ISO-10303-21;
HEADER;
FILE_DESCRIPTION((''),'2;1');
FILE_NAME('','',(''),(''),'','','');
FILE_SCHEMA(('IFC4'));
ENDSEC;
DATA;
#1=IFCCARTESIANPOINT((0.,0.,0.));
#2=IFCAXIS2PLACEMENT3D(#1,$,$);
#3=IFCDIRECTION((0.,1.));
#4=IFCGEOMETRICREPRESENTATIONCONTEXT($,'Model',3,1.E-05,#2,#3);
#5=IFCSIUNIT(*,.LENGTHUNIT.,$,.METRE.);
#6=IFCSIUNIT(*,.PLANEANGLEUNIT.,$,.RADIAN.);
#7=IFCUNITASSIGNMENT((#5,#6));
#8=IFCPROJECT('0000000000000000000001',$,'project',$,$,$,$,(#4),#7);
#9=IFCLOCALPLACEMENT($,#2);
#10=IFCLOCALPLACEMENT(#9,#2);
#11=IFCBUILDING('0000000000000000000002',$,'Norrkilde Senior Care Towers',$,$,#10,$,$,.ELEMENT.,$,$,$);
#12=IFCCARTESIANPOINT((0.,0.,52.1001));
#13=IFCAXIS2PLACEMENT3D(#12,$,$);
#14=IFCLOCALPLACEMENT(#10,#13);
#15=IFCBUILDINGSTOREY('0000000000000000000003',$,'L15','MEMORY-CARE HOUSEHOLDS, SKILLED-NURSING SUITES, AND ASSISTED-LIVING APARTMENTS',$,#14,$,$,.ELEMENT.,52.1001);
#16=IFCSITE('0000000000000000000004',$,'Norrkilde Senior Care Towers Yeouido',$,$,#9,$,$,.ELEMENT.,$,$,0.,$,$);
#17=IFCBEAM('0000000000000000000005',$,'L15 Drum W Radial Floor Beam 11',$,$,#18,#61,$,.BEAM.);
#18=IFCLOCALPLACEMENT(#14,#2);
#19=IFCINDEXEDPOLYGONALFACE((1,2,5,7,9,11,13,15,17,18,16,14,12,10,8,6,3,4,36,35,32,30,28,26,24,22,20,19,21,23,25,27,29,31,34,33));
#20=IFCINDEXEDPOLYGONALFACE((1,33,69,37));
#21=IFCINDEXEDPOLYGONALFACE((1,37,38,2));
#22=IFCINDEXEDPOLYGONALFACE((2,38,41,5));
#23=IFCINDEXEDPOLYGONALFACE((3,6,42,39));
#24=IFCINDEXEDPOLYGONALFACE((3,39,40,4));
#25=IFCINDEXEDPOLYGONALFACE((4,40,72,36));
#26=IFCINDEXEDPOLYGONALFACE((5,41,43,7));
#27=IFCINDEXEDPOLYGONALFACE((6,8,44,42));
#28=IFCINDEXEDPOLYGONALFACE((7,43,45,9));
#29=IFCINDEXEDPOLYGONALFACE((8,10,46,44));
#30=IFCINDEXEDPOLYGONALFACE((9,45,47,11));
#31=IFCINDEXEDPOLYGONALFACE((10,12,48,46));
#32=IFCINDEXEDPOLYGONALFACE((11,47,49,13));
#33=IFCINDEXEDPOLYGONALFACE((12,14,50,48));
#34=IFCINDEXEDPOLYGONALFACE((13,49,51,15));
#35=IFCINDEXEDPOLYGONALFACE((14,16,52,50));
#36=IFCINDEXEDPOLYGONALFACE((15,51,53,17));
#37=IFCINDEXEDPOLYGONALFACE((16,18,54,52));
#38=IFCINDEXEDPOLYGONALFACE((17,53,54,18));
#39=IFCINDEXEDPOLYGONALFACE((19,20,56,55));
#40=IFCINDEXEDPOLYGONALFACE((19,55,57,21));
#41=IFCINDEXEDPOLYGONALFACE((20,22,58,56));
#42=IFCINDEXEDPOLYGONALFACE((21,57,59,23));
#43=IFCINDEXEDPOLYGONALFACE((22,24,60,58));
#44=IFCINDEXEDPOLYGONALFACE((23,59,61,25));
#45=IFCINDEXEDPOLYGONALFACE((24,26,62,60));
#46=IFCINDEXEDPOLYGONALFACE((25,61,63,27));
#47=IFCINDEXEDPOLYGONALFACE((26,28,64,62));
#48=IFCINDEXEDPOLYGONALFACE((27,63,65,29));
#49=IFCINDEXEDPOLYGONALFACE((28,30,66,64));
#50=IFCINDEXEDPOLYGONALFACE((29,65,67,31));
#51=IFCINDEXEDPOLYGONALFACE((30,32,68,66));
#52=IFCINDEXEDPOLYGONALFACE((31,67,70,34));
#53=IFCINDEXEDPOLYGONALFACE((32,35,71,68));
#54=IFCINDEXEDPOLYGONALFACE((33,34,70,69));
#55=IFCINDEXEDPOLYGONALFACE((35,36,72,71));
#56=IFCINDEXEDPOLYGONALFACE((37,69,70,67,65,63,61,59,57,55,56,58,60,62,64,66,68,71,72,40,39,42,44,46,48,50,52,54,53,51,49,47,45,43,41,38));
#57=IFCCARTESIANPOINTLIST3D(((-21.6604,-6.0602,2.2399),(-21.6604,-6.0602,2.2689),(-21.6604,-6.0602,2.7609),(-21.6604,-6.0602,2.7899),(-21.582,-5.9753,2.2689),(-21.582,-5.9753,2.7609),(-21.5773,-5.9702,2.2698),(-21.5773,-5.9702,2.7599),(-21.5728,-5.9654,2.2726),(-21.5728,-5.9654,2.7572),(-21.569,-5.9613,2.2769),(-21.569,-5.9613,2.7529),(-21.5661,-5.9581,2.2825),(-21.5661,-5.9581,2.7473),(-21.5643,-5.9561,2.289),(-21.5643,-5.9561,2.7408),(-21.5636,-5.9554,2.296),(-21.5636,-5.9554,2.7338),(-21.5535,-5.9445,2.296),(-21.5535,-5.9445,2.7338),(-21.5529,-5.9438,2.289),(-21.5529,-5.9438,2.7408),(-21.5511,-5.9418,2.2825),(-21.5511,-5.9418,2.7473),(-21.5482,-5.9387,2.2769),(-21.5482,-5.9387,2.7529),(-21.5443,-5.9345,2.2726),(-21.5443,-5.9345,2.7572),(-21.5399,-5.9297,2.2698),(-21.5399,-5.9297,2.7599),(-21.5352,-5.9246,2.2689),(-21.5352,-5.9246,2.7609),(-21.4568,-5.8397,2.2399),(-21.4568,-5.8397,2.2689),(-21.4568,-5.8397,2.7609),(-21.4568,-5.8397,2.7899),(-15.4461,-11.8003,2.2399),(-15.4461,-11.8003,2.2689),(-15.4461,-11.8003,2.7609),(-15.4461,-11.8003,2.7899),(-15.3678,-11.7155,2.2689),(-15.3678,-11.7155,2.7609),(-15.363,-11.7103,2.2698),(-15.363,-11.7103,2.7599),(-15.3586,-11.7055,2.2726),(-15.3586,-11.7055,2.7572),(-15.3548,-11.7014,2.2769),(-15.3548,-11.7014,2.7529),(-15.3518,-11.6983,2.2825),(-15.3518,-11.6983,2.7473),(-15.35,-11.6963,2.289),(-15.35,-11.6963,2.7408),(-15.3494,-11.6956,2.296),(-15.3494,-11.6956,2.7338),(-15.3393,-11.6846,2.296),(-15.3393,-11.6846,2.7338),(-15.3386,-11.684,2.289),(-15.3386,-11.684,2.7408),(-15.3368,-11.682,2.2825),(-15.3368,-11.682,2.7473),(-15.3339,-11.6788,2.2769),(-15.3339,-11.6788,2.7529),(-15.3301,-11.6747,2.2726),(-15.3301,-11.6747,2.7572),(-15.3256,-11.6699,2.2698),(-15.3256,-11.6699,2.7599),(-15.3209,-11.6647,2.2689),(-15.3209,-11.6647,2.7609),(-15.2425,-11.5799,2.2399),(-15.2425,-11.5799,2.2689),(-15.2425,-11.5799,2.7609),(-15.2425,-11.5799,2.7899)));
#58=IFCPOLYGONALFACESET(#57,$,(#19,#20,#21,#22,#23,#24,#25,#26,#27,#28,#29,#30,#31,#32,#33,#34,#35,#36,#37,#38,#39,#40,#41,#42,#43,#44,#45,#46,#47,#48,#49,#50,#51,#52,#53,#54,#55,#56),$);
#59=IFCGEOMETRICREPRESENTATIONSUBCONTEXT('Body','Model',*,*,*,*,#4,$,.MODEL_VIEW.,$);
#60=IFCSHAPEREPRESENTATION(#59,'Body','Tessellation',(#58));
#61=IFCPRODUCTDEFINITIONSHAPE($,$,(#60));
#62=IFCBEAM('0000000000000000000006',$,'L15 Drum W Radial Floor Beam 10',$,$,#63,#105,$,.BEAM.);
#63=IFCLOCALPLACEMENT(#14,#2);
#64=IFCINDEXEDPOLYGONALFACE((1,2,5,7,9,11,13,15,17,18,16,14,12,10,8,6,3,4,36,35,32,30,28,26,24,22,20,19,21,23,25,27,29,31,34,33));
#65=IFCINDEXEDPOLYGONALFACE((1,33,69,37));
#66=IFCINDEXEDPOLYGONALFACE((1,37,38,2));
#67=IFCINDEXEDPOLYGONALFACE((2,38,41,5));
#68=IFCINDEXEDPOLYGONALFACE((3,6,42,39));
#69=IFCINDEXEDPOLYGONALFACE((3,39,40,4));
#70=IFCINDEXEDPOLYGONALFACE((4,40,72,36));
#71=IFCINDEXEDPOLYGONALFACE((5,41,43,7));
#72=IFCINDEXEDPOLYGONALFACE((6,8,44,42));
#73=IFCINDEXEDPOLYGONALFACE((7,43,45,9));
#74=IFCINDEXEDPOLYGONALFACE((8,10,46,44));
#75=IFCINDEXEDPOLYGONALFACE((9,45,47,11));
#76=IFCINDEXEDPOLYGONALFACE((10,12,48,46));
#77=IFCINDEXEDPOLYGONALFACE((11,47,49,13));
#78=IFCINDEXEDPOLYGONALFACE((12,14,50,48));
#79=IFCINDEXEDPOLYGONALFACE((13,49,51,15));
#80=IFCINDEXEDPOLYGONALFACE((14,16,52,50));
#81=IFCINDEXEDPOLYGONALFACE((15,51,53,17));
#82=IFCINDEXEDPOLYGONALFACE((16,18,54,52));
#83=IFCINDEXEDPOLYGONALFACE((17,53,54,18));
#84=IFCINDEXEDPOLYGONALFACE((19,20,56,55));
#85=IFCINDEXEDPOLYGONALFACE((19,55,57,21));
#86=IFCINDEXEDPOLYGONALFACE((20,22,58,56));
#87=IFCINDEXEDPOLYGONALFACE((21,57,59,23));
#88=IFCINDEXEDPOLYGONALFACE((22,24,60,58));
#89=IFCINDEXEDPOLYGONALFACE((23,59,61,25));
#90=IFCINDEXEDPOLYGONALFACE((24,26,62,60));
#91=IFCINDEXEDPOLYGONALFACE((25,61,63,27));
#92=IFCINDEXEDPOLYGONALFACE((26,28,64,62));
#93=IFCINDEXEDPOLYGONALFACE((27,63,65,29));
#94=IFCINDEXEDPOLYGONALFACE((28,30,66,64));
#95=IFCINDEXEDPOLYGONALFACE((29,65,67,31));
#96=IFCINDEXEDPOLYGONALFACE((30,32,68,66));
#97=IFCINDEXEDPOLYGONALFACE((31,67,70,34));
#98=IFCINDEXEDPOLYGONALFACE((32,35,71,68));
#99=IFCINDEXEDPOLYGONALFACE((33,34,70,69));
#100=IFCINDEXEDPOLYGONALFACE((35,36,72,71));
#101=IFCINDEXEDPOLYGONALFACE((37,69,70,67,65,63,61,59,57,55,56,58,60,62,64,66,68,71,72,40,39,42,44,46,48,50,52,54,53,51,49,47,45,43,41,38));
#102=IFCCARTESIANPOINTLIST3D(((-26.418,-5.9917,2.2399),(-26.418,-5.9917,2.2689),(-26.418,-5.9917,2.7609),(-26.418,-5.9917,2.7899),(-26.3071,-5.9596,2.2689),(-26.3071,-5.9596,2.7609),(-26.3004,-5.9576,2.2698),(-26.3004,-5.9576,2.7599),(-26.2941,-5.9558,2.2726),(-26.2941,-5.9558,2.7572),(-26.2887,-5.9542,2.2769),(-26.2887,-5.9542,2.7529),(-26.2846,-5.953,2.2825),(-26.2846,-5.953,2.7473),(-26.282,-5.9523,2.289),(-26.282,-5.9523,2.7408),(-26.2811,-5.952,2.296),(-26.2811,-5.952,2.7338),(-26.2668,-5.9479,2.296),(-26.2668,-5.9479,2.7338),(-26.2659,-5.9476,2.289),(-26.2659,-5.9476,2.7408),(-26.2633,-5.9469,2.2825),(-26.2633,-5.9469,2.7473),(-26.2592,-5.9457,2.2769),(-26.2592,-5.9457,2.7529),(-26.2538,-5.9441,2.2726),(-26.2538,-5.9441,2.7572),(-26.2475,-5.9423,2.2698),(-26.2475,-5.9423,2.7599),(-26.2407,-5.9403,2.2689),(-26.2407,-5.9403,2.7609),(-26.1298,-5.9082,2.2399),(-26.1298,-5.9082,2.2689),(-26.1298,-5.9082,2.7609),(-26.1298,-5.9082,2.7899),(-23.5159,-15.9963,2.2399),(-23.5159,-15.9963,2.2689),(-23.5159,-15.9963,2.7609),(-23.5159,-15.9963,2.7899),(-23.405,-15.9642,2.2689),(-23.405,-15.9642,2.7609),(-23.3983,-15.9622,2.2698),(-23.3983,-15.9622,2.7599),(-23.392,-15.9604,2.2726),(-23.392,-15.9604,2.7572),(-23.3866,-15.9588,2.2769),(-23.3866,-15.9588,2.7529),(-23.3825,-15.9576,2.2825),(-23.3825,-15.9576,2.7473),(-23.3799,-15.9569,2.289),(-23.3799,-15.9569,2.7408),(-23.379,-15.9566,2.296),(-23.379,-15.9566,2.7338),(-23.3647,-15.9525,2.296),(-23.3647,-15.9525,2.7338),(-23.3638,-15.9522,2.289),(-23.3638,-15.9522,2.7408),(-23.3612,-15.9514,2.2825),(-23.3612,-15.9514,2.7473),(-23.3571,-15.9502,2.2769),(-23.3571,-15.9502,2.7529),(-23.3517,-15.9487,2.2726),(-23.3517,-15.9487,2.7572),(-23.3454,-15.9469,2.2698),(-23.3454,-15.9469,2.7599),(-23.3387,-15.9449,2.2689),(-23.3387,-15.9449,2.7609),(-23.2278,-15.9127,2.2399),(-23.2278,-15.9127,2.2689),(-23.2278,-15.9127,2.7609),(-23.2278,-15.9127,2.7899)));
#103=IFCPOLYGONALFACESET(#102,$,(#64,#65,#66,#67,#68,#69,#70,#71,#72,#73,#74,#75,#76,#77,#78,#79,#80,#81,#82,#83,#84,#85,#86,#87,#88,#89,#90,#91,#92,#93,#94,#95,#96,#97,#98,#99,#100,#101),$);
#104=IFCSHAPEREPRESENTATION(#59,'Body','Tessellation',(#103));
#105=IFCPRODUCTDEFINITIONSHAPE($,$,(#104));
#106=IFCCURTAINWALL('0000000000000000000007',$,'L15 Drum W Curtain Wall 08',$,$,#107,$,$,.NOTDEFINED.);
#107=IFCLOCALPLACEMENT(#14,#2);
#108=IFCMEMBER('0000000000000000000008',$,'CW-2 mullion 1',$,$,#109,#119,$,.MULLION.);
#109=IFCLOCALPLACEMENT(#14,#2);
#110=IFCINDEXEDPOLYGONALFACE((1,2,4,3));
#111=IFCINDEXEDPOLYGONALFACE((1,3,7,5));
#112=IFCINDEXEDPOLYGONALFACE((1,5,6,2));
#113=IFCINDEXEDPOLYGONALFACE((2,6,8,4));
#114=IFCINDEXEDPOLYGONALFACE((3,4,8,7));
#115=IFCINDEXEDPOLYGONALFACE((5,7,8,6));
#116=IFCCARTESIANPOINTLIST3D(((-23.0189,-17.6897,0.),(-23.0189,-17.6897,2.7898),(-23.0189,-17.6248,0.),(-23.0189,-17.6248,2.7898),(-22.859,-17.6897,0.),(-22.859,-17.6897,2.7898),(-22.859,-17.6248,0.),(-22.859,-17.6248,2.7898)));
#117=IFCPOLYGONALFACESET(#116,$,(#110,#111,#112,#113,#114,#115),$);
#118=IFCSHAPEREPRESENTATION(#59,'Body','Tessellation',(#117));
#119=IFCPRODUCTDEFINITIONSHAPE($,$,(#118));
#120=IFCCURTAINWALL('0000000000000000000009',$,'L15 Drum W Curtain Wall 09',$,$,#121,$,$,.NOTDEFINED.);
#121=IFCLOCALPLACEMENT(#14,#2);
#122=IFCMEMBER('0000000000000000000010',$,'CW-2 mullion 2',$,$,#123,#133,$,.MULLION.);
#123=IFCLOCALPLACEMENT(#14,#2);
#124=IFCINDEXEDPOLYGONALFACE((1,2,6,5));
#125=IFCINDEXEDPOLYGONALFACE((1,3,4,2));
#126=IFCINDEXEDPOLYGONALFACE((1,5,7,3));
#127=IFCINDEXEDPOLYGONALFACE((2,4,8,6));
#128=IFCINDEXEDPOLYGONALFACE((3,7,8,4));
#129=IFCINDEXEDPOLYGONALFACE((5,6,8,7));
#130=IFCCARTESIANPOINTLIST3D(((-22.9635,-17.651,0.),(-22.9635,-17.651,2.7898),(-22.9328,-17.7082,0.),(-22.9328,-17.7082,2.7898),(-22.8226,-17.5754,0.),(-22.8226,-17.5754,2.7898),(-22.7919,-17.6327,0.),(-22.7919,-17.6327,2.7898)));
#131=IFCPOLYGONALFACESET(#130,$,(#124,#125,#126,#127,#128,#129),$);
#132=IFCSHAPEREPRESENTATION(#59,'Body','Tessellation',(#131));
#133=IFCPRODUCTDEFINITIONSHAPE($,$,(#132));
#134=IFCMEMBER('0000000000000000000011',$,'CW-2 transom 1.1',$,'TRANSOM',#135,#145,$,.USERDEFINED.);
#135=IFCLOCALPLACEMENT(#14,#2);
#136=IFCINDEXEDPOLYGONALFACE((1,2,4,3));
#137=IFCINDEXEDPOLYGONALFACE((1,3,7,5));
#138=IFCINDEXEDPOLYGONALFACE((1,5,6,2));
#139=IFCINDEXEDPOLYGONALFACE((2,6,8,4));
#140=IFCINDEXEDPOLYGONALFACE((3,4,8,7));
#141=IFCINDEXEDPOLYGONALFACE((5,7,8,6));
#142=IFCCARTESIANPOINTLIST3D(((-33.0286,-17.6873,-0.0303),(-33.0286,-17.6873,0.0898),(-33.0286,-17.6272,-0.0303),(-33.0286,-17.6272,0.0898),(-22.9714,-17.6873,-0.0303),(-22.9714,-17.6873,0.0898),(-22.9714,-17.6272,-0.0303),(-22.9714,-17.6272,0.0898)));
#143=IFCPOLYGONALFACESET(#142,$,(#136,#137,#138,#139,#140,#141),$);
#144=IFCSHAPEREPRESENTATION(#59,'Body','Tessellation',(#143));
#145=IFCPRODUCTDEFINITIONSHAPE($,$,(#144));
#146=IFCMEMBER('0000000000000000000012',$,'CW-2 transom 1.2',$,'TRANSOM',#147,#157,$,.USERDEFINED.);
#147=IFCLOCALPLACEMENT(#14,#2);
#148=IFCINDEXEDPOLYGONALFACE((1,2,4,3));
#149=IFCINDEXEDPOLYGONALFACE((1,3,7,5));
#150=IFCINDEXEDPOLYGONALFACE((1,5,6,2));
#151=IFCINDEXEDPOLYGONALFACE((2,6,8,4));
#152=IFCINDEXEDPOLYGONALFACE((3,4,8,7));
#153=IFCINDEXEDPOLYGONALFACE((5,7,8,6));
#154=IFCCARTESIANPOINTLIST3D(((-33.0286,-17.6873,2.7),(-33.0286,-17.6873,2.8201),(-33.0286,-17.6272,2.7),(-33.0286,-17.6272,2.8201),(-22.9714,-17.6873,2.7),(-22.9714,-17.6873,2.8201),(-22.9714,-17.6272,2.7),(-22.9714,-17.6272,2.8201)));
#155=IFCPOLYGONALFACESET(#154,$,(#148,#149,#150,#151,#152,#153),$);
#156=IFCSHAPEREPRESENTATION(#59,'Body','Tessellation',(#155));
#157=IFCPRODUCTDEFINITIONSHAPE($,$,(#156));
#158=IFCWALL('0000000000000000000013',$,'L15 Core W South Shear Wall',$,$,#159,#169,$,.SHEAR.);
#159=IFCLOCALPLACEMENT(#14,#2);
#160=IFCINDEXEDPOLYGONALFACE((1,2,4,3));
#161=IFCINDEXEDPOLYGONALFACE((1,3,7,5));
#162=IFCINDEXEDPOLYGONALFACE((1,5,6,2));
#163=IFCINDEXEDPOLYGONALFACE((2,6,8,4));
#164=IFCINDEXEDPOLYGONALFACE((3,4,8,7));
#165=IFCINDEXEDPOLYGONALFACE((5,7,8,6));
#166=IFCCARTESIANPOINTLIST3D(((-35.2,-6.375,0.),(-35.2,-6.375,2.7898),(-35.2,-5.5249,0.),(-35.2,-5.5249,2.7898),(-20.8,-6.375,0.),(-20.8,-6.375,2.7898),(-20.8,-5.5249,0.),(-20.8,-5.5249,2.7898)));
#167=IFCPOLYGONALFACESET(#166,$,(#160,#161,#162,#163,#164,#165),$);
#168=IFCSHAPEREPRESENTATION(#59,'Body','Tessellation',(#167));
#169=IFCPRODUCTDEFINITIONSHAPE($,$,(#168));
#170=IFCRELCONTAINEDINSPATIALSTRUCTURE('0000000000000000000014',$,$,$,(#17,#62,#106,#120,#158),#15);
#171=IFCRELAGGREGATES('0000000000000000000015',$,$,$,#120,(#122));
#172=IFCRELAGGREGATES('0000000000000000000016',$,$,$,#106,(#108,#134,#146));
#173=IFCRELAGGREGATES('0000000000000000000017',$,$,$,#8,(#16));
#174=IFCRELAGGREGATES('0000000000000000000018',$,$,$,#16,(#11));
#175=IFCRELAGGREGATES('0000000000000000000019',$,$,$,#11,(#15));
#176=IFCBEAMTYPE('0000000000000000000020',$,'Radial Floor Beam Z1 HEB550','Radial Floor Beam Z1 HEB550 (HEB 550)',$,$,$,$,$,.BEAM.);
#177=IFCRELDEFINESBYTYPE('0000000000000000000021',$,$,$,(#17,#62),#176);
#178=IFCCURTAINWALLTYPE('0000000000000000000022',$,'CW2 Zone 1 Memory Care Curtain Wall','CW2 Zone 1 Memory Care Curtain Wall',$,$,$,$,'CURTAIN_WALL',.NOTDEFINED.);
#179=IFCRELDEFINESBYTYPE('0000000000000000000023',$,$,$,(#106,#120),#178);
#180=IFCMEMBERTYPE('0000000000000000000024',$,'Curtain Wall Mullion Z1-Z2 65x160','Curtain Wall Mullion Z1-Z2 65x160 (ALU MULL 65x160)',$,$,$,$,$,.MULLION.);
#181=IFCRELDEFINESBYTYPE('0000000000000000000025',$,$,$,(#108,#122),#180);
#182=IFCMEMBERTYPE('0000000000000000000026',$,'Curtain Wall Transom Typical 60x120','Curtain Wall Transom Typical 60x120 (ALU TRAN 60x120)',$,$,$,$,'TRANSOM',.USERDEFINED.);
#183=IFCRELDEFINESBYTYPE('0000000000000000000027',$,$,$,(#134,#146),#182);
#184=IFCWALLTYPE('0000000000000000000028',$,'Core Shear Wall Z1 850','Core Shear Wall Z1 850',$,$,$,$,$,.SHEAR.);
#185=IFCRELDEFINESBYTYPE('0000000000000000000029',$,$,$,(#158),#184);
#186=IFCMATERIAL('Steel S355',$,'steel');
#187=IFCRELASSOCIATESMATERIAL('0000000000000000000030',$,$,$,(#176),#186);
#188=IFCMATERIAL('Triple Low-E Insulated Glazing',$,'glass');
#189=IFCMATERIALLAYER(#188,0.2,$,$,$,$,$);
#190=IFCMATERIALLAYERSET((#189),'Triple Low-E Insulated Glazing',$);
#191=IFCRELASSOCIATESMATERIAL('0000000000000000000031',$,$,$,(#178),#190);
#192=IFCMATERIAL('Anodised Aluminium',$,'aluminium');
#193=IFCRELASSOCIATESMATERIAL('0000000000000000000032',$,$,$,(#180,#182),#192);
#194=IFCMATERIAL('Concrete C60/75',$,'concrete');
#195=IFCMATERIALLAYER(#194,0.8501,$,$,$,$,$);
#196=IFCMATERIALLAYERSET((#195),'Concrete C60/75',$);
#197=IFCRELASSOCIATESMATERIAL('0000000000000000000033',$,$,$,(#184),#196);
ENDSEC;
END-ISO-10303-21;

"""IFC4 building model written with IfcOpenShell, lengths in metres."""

from ifc_helpers import new_model, si_unit, direction, frame, frame_2d, origin, origin_2d, place, context, subcontext, project, spatial, rectangle, i_section, extrude, source, transform, mapped, material, layer, layer_set, material_profile, profile_set, type_object, type_shapes, element, aggregate, save


model = new_model("IFC4")

# Units and contexts
model_context = context("Model", 3, precision=1e-05, world=origin(), true_north=direction((0.0, 1.0)))
body_context = subcontext(model_context, "Body", "Model", "MODEL_VIEW")
ifc_project = project(units=[si_unit("LENGTHUNIT", "METRE"), si_unit("PLANEANGLEUNIT", "RADIAN")], contexts=[model_context])

# Site, building, storey
site_placement = place(None, origin())
site = spatial("IfcSite", under=ifc_project, at=site_placement, Name="Norrkilde Senior Care Towers Yeouido", CompositionType="ELEMENT", RefElevation=0.0)
building_placement = place(site_placement, origin())
building = spatial("IfcBuilding", under=site, at=building_placement, Name="Norrkilde Senior Care Towers", CompositionType="ELEMENT")
storey_placement = place(building_placement, frame((0.0, 0.0, 52.1001)))
storey = spatial("IfcBuildingStorey", under=building, at=storey_placement, Name="L15", Description="MEMORY-CARE HOUSEHOLDS, SKILLED-NURSING SUITES, AND ASSISTED-LIVING APARTMENTS", CompositionType="ELEMENT", Elevation=52.1001)

# Shared definitions
ifc_material_1 = material(Name="Concrete C60/75", Category="concrete")

# Beams
ifc_material_2 = material(Name="Steel S355", Category="steel")
ifc_material_profile_1 = material_profile(ifc_material_2, i_section(OverallWidth=0.3, OverallDepth=0.55, WebThickness=0.0149, FlangeThickness=0.0291, FilletRadius=0.0271, at=origin_2d()), Name="HEB 550")
ifc_profile_set_1 = profile_set([ifc_material_profile_1], Name="Steel S355")
beam_type_1 = type_object("IfcBeamType", Name="Radial Floor Beam Z1 HEB550", Description="Radial Floor Beam Z1 HEB550 (HEB 550)", PredefinedType="BEAM", material=ifc_profile_set_1)
shared_shape_1 = source(origin(), body_context, "Body", "SweptSolid", [
    extrude(i_section(OverallWidth=0.3, OverallDepth=0.55, WebThickness=0.0149, FlangeThickness=0.0291, FilletRadius=0.0271, at=origin_2d()), origin(), (0.0, 0.0, 1.0), 8.4597),
])
beam_1_placement = place(storey_placement, frame((-21.5586, -5.95, 2.5149), z_axis=(0.734573, -0.678529, 0.0), x_axis=(0.678529, 0.734573, 0.0)))
element("IfcBeam", 1, at=beam_1_placement, inside=storey, type_object=beam_type_1, Name="L15 Drum W Radial Floor Beam 11", PredefinedType="BEAM", context=body_context, shape_type="MappedRepresentation", body=[
    mapped(shared_shape_1, transform((0.0, 0.0, 0.0), x_axis=(1.0, 0.0, 0.0), y_axis=(0.0, 1.0, 0.0), z_axis=(0.0, 0.0, 1.0), scale=1.0)),
])
shared_shape_2 = source(origin(), body_context, "Body", "SweptSolid", [
    extrude(i_section(OverallWidth=0.3, OverallDepth=0.55, WebThickness=0.0149, FlangeThickness=0.0291, FilletRadius=0.0271, at=origin_2d()), origin(), (0.0, 0.0, 1.0), 10.417),
])
beam_2_placement = place(storey_placement, frame((-26.2739, -5.95, 2.5149), z_axis=(0.278591, -0.96041, 0.0), x_axis=(0.96041, 0.278591, 0.0)))
element("IfcBeam", 2, at=beam_2_placement, inside=storey, type_object=beam_type_1, Name="L15 Drum W Radial Floor Beam 10", PredefinedType="BEAM", context=body_context, shape_type="MappedRepresentation", body=[
    mapped(shared_shape_2, transform((0.0, 0.0, 0.0), x_axis=(1.0, 0.0, 0.0), y_axis=(0.0, 1.0, 0.0), z_axis=(0.0, 0.0, 1.0), scale=1.0)),
])

# Curtain walls, members
ifc_material_3 = material(Name="Triple Low-E Insulated Glazing", Category="glass")
ifc_layer_1 = layer(ifc_material_3, 0.2)
ifc_layer_set_1 = layer_set([ifc_layer_1], Name="Triple Low-E Insulated Glazing")
curtain_wall_type = type_object("IfcCurtainWallType", Name="CW2 Zone 1 Memory Care Curtain Wall", Description="CW2 Zone 1 Memory Care Curtain Wall", ElementType="CURTAIN_WALL", PredefinedType="NOTDEFINED", material=ifc_layer_set_1)
curtain_wall_1_placement = place(storey_placement, origin())
curtain_wall_1 = element("IfcCurtainWall", 3, at=curtain_wall_1_placement, inside=storey, type_object=curtain_wall_type, Name="L15 Drum W Curtain Wall 08", PredefinedType="NOTDEFINED")
ifc_material_4 = material(Name="Anodised Aluminium", Category="aluminium")
ifc_material_profile_2 = material_profile(ifc_material_4, rectangle(XDim=0.0649, YDim=0.1599, at=origin_2d()), Name="ALU MULL 65x160")
ifc_profile_set_2 = profile_set([ifc_material_profile_2], Name="Anodised Aluminium")
member_type_1 = type_object("IfcMemberType", Name="Curtain Wall Mullion Z1-Z2 65x160", Description="Curtain Wall Mullion Z1-Z2 65x160 (ALU MULL 65x160)", PredefinedType="MULLION", material=ifc_profile_set_2)
shared_shape_3 = source(origin(), body_context, "Body", "SweptSolid", [
    extrude(rectangle(XDim=0.0649, YDim=0.1599, at=origin_2d()), origin(), (0.0, 0.0, 1.0), 2.7898),
])
type_shapes(member_type_1, [shared_shape_3])
member_1_placement = place(storey_placement, frame((-22.939, -17.6572, 0.0), z_axis=(0.0, 0.0, 1.0), x_axis=(0.0, -1.0, 0.0)))
member_1 = element("IfcMember", 4, at=member_1_placement, type_object=member_type_1, Name="CW-2 mullion 1", PredefinedType="MULLION", context=body_context, shape_type="MappedRepresentation", body=[
    mapped(shared_shape_3, transform((0.0, 0.0, 0.0), x_axis=(1.0, 0.0, 0.0), y_axis=(0.0, 1.0, 0.0), z_axis=(0.0, 0.0, 1.0), scale=1.0)),
])
curtain_wall_2_placement = place(storey_placement, origin())
curtain_wall_2 = element("IfcCurtainWall", 5, at=curtain_wall_2_placement, inside=storey, type_object=curtain_wall_type, Name="L15 Drum W Curtain Wall 09", PredefinedType="NOTDEFINED")
member_2_placement = place(storey_placement, frame((-22.8777, -17.6418, 0.0), z_axis=(0.0, 0.0, 1.0), x_axis=(0.472608, -0.881273, 0.0)))
member_2 = element("IfcMember", 6, at=member_2_placement, type_object=member_type_1, Name="CW-2 mullion 2", PredefinedType="MULLION", context=body_context, shape_type="MappedRepresentation", body=[
    mapped(shared_shape_3, transform((0.0, 0.0, 0.0), x_axis=(1.0, 0.0, 0.0), y_axis=(0.0, 1.0, 0.0), z_axis=(0.0, 0.0, 1.0), scale=1.0)),
])
aggregate(curtain_wall_2, [member_2])

# Members
ifc_material_profile_3 = material_profile(ifc_material_4, rectangle(XDim=0.0601, YDim=0.1201, at=origin_2d()), Name="ALU TRAN 60x120")
ifc_profile_set_3 = profile_set([ifc_material_profile_3], Name="Anodised Aluminium")
member_type_2 = type_object("IfcMemberType", Name="Curtain Wall Transom Typical 60x120", Description="Curtain Wall Transom Typical 60x120 (ALU TRAN 60x120)", ElementType="TRANSOM", PredefinedType="USERDEFINED", material=ifc_profile_set_3)
shared_shape_4 = source(origin(), body_context, "Body", "SweptSolid", [
    extrude(rectangle(XDim=0.0601, YDim=0.1201, at=origin_2d()), origin(), (0.0, 0.0, 1.0), 10.0571),
])
type_shapes(member_type_2, [shared_shape_4])
member_3_placement = place(storey_placement, frame((-22.9714, -17.6572, 0.0298), z_axis=(-1.0, 0.0, 0.0), x_axis=(0.0, -1.0, 0.0)))
member_3 = element("IfcMember", 7, at=member_3_placement, type_object=member_type_2, Name="CW-2 transom 1.1", ObjectType="TRANSOM", PredefinedType="USERDEFINED", context=body_context, shape_type="MappedRepresentation", body=[
    mapped(shared_shape_4, transform((0.0, 0.0, 0.0), x_axis=(1.0, 0.0, 0.0), y_axis=(0.0, 1.0, 0.0), z_axis=(0.0, 0.0, 1.0), scale=1.0)),
])
member_4_placement = place(storey_placement, frame((-22.9714, -17.6572, 2.76), z_axis=(-1.0, 0.0, 0.0), x_axis=(0.0, -1.0, 0.0)))
member_4 = element("IfcMember", 8, at=member_4_placement, type_object=member_type_2, Name="CW-2 transom 1.2", ObjectType="TRANSOM", PredefinedType="USERDEFINED", context=body_context, shape_type="MappedRepresentation", body=[
    mapped(shared_shape_4, transform((0.0, 0.0, 0.0), x_axis=(1.0, 0.0, 0.0), y_axis=(0.0, 1.0, 0.0), z_axis=(0.0, 0.0, 1.0), scale=1.0)),
])
aggregate(curtain_wall_1, [member_1, member_3, member_4])

# Wall
ifc_layer_2 = layer(ifc_material_1, 0.8501)
ifc_layer_set_2 = layer_set([ifc_layer_2], Name="Concrete C60/75")
wall_type_1 = type_object("IfcWallType", Name="Core Shear Wall Z1 850", Description="Core Shear Wall Z1 850", PredefinedType="SHEAR", material=ifc_layer_set_2)
shared_shape_5 = source(origin(), body_context, "Body", "SweptSolid", [
    extrude(rectangle(XDim=14.3999, YDim=0.8501, at=frame_2d((7.2, 0.0))), origin(), (0.0, 0.0, 1.0), 2.7898),
])
type_shapes(wall_type_1, [shared_shape_5])
wall_1_placement = place(storey_placement, frame((-20.8, -5.95, 0.0), z_axis=(0.0, 0.0, 1.0), x_axis=(-1.0, 0.0, 0.0)))
element("IfcWall", 9, at=wall_1_placement, inside=storey, type_object=wall_type_1, Name="L15 Core W South Shear Wall", PredefinedType="SHEAR", context=body_context, shape_type="MappedRepresentation", body=[
    mapped(shared_shape_5, transform((0.0, 0.0, 0.0), x_axis=(1.0, 0.0, 0.0), y_axis=(0.0, 1.0, 0.0), z_axis=(0.0, 0.0, 1.0), scale=1.0)),
])

save(model, "model.ifc")
